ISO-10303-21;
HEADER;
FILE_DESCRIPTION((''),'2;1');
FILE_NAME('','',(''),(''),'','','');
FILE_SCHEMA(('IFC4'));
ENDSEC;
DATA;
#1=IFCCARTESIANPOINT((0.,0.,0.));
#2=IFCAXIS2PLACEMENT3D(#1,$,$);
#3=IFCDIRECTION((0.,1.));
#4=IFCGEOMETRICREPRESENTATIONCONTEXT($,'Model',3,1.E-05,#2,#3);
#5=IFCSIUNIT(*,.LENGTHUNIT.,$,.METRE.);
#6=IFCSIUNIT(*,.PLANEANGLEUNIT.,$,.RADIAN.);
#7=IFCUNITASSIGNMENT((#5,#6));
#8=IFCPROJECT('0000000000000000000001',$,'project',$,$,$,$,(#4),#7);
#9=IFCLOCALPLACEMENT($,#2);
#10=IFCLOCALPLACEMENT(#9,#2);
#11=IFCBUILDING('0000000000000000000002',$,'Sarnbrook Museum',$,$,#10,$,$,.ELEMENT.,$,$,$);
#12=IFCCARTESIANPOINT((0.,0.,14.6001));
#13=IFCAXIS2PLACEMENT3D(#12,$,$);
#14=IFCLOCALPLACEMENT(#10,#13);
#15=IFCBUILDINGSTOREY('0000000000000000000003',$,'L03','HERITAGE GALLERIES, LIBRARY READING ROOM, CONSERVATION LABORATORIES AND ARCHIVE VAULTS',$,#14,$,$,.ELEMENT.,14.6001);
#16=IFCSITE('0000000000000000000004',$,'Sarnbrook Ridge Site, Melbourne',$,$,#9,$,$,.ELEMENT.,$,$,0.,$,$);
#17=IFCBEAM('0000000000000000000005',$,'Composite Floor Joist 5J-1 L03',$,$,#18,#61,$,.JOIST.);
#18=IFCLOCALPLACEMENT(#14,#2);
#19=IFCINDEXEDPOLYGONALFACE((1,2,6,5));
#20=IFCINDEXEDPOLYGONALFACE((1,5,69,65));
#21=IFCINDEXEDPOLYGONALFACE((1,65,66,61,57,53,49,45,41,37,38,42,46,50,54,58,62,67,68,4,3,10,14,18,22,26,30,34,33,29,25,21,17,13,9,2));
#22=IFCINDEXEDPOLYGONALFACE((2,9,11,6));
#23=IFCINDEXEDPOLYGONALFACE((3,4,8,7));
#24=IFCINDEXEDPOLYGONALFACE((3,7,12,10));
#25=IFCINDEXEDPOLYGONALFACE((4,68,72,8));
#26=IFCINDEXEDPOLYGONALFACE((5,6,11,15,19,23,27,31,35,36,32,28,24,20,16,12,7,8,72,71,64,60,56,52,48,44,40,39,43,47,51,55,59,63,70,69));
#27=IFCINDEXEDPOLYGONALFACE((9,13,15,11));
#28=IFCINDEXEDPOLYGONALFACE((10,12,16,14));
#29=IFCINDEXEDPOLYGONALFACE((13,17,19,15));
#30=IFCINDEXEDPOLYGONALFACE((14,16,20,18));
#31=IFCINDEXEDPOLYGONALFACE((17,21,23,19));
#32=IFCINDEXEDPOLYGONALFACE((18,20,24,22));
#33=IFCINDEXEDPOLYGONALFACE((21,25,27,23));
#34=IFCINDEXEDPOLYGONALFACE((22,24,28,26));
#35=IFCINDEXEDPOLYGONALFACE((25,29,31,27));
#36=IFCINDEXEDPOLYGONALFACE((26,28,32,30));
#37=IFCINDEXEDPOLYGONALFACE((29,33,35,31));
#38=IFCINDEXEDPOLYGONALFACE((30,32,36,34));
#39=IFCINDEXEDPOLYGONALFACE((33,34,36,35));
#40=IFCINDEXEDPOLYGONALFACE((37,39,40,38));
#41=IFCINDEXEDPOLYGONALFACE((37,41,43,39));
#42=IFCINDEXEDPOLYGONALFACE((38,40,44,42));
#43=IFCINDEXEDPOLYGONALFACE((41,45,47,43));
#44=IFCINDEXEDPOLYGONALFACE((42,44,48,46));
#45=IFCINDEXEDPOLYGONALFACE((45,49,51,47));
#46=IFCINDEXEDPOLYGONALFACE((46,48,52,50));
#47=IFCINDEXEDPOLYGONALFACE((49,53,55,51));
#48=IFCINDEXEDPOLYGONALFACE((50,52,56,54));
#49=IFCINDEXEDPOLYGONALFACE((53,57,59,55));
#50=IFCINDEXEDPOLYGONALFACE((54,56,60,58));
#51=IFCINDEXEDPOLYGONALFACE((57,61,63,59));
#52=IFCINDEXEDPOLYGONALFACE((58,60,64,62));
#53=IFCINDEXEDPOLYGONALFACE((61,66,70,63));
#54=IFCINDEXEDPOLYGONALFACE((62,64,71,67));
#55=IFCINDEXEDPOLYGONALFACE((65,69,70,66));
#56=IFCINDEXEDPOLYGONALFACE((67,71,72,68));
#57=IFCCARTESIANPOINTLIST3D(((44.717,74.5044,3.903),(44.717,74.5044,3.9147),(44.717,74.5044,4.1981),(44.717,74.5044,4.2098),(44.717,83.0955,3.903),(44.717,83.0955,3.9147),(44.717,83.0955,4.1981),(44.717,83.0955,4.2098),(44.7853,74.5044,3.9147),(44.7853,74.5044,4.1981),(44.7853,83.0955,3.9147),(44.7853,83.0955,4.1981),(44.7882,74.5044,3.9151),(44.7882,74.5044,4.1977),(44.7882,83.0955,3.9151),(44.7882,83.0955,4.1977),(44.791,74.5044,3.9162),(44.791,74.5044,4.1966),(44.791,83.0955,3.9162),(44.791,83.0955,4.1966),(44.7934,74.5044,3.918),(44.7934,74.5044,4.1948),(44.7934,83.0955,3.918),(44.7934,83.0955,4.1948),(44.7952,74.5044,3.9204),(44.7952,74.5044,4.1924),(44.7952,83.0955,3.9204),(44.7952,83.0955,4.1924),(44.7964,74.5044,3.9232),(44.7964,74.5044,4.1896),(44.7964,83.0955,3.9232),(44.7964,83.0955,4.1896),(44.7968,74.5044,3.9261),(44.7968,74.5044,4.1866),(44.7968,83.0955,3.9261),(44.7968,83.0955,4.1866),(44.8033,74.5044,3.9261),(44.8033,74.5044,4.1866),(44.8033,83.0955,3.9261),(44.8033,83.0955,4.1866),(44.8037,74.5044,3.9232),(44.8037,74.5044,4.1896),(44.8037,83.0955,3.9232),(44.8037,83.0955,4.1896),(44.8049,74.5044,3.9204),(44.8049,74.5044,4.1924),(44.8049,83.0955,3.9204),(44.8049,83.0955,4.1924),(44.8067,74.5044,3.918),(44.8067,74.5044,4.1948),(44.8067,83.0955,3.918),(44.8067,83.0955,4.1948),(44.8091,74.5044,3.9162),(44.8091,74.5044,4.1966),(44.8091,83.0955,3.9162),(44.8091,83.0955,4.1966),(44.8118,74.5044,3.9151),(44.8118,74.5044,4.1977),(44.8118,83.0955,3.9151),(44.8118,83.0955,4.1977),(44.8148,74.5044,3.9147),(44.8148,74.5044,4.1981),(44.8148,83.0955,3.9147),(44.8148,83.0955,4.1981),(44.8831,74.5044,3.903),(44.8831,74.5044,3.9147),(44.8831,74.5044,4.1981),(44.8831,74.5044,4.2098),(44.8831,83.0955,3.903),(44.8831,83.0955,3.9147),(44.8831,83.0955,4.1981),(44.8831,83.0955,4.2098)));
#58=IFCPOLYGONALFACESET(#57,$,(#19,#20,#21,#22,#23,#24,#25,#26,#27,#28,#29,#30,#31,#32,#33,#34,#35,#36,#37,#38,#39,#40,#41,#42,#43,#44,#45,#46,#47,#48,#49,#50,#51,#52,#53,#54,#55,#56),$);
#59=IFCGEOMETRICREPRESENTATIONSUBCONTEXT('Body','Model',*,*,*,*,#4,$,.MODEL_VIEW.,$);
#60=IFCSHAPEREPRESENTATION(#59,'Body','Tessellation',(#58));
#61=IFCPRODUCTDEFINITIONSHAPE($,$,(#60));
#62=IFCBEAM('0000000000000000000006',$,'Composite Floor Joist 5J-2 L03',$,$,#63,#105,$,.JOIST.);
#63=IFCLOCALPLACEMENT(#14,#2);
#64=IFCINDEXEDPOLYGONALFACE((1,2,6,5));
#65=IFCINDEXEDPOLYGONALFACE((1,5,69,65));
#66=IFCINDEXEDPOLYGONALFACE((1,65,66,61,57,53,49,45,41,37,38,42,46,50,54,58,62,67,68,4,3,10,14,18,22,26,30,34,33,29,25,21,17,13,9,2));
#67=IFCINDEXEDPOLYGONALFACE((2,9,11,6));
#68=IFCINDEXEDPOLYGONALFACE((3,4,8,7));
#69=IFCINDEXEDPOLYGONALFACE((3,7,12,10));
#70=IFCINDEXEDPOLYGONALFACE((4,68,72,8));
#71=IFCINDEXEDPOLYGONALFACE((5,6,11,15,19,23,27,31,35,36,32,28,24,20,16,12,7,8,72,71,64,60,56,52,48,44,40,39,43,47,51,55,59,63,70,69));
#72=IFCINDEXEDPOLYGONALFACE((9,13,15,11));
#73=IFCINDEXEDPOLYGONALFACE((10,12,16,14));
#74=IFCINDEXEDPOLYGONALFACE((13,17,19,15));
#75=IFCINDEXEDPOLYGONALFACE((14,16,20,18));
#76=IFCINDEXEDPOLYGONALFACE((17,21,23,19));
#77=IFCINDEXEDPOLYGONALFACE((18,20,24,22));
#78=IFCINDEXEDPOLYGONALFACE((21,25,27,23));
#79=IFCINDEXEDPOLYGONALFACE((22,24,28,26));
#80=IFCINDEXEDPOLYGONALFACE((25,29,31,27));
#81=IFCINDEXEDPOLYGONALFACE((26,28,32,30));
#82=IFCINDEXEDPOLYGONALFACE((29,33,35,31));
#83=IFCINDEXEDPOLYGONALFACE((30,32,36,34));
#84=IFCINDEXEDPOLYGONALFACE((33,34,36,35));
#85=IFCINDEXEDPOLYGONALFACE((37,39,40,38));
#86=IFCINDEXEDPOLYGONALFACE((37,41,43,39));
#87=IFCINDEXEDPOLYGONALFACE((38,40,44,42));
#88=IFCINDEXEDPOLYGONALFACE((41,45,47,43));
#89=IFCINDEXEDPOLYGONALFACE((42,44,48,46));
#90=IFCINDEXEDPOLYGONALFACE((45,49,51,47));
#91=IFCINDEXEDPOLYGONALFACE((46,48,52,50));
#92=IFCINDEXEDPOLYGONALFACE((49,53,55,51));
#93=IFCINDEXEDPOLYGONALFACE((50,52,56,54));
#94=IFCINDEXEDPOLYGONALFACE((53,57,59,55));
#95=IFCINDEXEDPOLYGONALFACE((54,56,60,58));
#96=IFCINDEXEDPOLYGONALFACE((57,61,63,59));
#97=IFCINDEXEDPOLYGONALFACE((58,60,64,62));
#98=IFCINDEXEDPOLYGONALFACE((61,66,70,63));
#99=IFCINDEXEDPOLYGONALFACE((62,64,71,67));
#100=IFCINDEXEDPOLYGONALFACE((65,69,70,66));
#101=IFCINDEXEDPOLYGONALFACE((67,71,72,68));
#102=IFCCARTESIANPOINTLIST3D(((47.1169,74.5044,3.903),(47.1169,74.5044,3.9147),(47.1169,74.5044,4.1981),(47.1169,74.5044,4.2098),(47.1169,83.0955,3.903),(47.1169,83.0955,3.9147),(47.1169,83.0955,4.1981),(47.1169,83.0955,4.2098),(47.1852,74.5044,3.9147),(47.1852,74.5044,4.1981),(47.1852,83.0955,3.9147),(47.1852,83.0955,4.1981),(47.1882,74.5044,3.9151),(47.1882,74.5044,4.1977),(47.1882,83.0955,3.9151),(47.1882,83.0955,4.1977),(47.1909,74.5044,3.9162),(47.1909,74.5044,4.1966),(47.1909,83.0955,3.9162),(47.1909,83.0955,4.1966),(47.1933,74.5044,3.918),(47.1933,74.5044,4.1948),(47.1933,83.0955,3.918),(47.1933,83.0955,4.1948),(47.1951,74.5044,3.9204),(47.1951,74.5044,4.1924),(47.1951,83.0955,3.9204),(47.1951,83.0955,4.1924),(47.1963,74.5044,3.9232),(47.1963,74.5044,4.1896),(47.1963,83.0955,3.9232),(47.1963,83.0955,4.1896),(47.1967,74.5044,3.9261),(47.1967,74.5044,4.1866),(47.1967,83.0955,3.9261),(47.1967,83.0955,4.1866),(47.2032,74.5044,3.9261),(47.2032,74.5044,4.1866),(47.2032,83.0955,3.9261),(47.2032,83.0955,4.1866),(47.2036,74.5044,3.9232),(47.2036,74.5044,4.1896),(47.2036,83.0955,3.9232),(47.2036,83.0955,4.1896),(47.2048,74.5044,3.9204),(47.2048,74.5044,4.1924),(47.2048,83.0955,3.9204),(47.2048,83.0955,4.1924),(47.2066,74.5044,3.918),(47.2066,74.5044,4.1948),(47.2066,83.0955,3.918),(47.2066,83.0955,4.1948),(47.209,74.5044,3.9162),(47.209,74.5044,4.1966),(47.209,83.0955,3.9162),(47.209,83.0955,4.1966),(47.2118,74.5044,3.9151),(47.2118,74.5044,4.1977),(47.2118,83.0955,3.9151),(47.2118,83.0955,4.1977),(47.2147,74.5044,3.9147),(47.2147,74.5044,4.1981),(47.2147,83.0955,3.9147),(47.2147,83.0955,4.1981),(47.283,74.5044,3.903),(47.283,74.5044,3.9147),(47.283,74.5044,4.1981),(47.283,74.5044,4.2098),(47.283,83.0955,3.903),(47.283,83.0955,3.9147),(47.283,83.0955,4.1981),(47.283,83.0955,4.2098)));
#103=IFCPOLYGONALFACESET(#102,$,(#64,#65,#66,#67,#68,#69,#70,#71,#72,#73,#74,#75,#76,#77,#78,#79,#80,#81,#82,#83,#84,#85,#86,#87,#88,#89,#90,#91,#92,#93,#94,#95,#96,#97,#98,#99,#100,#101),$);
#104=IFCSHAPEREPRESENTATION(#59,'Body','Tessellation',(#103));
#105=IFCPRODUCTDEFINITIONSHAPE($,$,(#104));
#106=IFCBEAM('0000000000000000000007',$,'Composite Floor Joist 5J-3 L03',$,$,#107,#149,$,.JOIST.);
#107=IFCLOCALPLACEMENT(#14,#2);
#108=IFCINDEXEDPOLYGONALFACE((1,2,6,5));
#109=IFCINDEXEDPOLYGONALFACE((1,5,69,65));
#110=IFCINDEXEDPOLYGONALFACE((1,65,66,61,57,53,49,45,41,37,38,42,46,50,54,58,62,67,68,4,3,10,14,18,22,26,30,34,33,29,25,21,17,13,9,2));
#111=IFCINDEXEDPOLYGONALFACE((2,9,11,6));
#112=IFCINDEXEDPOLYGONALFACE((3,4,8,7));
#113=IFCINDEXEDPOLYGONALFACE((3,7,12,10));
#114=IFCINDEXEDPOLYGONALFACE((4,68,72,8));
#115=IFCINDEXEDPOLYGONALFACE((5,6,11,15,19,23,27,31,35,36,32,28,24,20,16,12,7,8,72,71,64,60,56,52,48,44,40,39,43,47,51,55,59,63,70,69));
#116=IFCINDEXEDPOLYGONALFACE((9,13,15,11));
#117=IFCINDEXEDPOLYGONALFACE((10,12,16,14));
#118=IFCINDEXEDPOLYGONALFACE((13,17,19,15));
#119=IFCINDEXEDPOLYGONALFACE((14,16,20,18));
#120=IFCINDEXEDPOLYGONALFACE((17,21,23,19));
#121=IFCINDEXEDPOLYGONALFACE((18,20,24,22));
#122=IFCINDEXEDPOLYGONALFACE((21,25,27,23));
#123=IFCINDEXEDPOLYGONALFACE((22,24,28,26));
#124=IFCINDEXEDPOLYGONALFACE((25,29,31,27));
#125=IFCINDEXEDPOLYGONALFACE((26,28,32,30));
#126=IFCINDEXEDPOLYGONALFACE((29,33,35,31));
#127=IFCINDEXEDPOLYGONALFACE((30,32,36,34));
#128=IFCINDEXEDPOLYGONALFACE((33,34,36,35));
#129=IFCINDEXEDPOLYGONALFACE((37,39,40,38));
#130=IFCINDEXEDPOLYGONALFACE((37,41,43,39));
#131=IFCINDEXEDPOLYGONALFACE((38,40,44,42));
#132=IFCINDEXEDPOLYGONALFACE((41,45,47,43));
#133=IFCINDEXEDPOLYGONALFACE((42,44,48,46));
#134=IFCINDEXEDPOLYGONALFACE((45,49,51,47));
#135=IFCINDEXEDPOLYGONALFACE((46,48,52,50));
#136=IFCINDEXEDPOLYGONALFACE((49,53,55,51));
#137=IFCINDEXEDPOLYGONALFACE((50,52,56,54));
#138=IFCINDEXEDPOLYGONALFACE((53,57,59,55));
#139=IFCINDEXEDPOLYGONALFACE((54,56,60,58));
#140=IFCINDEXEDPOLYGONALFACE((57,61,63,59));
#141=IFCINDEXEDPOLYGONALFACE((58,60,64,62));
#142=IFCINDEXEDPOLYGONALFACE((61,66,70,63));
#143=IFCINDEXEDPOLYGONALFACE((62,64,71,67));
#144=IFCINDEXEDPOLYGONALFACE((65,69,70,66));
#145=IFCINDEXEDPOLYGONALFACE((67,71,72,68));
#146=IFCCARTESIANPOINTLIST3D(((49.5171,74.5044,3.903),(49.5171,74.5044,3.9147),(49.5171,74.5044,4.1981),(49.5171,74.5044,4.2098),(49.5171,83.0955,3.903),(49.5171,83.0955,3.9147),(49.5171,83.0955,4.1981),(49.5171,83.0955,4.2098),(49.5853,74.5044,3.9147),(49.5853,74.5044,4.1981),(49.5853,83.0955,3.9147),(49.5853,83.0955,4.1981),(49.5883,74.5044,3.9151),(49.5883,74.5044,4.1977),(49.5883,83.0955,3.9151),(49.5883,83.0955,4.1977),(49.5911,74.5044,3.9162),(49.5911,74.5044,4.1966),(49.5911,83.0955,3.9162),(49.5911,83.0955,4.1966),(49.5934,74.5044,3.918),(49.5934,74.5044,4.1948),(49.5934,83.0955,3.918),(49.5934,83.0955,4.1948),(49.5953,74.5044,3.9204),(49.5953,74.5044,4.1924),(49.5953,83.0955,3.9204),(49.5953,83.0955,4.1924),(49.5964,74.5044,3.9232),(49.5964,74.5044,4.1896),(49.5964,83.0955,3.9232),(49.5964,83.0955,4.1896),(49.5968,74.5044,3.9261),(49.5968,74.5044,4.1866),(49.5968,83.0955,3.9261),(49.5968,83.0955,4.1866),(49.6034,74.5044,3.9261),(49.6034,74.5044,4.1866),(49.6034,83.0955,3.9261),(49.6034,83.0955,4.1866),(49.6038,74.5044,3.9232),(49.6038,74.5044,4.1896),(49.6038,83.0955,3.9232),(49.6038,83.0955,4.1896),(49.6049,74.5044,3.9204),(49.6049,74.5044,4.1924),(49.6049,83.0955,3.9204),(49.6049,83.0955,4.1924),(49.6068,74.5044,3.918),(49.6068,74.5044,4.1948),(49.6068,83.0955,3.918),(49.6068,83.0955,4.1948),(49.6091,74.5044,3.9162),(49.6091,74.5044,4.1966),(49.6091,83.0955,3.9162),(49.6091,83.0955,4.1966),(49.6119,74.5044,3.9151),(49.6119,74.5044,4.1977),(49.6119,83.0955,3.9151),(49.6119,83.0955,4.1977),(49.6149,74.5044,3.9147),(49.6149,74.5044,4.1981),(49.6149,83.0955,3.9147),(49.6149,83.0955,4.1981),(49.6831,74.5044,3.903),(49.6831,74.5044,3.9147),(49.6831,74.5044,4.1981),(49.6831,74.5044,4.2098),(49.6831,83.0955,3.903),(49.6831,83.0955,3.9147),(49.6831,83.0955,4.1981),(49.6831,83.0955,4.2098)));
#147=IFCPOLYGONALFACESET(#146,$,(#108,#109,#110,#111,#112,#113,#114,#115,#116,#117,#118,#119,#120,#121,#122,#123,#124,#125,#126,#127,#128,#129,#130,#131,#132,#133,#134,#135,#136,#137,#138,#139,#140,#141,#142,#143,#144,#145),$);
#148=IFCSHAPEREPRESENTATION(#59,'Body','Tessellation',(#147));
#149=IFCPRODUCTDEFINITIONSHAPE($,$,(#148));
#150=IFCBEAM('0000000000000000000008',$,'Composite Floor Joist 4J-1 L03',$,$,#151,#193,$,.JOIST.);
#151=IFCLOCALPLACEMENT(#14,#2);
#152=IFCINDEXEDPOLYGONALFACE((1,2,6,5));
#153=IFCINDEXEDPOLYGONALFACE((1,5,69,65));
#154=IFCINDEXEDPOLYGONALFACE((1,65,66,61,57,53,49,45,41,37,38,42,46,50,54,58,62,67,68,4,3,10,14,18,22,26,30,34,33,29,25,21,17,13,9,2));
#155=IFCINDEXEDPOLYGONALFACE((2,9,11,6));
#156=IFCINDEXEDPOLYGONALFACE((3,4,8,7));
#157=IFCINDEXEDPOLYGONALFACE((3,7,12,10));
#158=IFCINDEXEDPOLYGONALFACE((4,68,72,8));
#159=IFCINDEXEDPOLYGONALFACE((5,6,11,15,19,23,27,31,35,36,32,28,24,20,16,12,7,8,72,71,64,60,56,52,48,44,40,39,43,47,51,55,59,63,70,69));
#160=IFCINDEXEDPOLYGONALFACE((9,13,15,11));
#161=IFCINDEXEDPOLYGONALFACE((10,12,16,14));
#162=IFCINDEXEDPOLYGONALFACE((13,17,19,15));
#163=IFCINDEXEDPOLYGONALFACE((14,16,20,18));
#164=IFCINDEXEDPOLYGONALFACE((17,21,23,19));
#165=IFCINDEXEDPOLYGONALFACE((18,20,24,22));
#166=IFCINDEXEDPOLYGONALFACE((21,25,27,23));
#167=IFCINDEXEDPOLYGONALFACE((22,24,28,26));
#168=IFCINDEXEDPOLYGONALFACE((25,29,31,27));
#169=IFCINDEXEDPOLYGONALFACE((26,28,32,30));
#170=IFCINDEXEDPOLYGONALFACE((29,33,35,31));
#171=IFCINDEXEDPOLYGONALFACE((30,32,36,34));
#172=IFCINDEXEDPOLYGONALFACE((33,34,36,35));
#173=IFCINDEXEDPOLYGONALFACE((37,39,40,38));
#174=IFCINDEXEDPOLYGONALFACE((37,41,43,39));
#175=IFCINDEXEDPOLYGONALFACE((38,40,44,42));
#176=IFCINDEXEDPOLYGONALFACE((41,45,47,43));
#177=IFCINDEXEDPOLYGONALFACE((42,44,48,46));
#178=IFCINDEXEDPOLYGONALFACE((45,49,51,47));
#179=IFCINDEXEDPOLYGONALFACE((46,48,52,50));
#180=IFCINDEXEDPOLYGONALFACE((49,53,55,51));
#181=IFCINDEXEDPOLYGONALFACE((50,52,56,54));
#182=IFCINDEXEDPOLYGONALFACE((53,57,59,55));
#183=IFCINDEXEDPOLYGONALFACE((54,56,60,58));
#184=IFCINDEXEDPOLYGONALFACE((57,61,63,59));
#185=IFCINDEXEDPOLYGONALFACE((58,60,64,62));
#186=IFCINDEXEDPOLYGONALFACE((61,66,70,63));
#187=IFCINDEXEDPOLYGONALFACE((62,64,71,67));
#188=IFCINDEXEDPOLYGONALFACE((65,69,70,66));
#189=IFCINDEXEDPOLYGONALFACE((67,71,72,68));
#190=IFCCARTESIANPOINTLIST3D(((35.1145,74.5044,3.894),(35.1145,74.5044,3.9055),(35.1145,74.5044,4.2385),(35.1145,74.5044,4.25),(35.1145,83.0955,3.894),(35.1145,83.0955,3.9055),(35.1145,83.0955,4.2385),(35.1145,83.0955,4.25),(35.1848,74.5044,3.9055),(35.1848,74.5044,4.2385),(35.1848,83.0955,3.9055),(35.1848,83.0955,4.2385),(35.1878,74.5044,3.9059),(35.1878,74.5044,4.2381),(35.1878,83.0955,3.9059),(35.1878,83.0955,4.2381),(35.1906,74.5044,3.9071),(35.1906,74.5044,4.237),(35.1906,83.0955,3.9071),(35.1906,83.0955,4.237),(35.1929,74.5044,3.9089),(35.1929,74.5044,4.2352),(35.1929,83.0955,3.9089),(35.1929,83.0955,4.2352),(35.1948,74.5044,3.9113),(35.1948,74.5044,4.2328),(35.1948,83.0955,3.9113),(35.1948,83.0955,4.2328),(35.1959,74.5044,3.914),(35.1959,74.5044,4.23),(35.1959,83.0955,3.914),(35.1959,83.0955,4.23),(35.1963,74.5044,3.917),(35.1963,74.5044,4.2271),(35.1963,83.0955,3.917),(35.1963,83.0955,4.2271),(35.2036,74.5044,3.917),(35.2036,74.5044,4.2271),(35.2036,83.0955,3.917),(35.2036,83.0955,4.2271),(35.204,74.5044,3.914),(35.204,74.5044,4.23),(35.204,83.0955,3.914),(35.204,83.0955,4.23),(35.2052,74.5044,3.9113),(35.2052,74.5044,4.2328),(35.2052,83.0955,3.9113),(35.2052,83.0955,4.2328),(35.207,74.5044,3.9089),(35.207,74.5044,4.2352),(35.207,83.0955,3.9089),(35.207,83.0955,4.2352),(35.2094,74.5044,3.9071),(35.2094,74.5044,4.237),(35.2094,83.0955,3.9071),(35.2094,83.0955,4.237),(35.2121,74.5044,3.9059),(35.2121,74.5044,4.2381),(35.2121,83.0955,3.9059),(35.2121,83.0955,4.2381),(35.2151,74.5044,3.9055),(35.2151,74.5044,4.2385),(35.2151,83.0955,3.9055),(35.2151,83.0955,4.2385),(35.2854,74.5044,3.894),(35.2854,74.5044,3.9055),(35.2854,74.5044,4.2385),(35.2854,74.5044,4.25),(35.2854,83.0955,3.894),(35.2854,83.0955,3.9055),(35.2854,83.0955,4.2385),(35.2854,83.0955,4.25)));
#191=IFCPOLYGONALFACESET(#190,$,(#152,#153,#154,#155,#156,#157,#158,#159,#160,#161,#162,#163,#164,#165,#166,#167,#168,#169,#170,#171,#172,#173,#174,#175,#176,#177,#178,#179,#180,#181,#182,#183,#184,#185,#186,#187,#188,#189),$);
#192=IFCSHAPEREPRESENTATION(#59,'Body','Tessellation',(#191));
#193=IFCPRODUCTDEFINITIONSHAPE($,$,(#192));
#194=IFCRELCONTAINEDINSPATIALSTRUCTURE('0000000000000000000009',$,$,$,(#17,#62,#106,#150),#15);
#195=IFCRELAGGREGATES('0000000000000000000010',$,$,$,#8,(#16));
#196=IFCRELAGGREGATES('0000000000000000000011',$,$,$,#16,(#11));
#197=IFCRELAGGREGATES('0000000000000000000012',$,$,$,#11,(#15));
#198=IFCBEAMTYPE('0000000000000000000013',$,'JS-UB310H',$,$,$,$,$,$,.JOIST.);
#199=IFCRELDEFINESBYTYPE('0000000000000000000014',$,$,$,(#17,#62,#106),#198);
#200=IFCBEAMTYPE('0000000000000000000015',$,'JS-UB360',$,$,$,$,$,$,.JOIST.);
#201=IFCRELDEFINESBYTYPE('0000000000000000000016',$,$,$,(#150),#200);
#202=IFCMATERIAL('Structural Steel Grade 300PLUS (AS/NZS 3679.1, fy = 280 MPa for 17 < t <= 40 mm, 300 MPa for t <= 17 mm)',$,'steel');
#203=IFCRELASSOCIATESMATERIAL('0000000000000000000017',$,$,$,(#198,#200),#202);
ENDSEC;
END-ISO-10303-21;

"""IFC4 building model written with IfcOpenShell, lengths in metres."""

from ifc_helpers import new_model, si_unit, direction, frame, origin, origin_2d, place, context, subcontext, project, spatial, i_section, extrude, material, material_profile, profile_set, type_object, element, save


model = new_model("IFC4")

# Units and contexts
model_context = context("Model", 3, precision=1e-05, world=origin(), true_north=direction((0.0, 1.0)))
body_context = subcontext(model_context, "Body", "Model", "MODEL_VIEW")
ifc_project = project(units=[si_unit("LENGTHUNIT", "METRE"), si_unit("PLANEANGLEUNIT", "RADIAN")], contexts=[model_context])

# Site, building, storey
site_placement = place(None, origin())
site = spatial("IfcSite", under=ifc_project, at=site_placement, Name="Sarnbrook Ridge Site, Melbourne", CompositionType="ELEMENT", RefElevation=0.0)
building_placement = place(site_placement, origin())
building = spatial("IfcBuilding", under=site, at=building_placement, Name="Sarnbrook Museum", CompositionType="ELEMENT")
storey_placement = place(building_placement, frame((0.0, 0.0, 14.6001)))
storey = spatial("IfcBuildingStorey", under=building, at=storey_placement, Name="L03", Description="HERITAGE GALLERIES, LIBRARY READING ROOM, CONSERVATION LABORATORIES AND ARCHIVE VAULTS", CompositionType="ELEMENT", Elevation=14.6001)

# Shared definitions
ifc_material_1 = material(Name="Structural Steel Grade 300PLUS (AS/NZS 3679.1, fy = 280 MPa for 17 < t <= 40 mm, 300 MPa for t <= 17 mm)", Category="steel")

# Beams
ifc_material_profile_1 = material_profile(ifc_material_1, i_section(OverallWidth=0.166, OverallDepth=0.3069, WebThickness=0.0066, FlangeThickness=0.0117, FilletRadius=0.0115, at=origin_2d()), Name="310UB46.2")
ifc_profile_set_1 = profile_set([ifc_material_profile_1], Name="Structural Steel Grade 300PLUS (AS/NZS 3679.1, fy = 280 MPa for 17 < t <= 40 mm, 300 MPa for t <= 17 mm)")
beam_type_1 = type_object("IfcBeamType", Name="JS-UB310H", PredefinedType="JOIST", material=ifc_profile_set_1)
for number, where, z_axis, x_axis, name in (
    (1, (44.8, 74.5044, 4.0564), (0.0, 1.0, 0.0), (-1.0, 0.0, 0.0), "Composite Floor Joist 5J-1 L03"),
    (2, (47.2, 74.5044, 4.0564), (0.0, 1.0, 0.0), (-1.0, 0.0, 0.0), "Composite Floor Joist 5J-2 L03"),
    (3, (49.6001, 74.5044, 4.0564), (0.0, 1.0, 0.0), (-1.0, 0.0, 0.0), "Composite Floor Joist 5J-3 L03"),
):
    element("IfcBeam", number, at=place(storey_placement, frame(where, z_axis=z_axis, x_axis=x_axis)), inside=storey, type_object=beam_type_1, Name=name, PredefinedType="JOIST", context=body_context, shape_type="SweptSolid", body=[
        extrude(i_section(OverallWidth=0.166, OverallDepth=0.3069, WebThickness=0.0066, FlangeThickness=0.0117, FilletRadius=0.0115, at=origin_2d()), origin(), (0.0, 0.0, 1.0), 8.5911),
    ])
ifc_material_profile_2 = material_profile(ifc_material_1, i_section(OverallWidth=0.1709, OverallDepth=0.356, WebThickness=0.0073, FlangeThickness=0.0115, FilletRadius=0.0115, at=origin_2d()), Name="360UB50.7")
ifc_profile_set_2 = profile_set([ifc_material_profile_2], Name="Structural Steel Grade 300PLUS (AS/NZS 3679.1, fy = 280 MPa for 17 < t <= 40 mm, 300 MPa for t <= 17 mm)")
beam_type_2 = type_object("IfcBeamType", Name="JS-UB360", PredefinedType="JOIST", material=ifc_profile_set_2)
for number, where, z_axis, x_axis, name in (
    (4, (35.2, 74.5044, 4.072), (0.0, 1.0, 0.0), (-1.0, 0.0, 0.0), "Composite Floor Joist 4J-1 L03"),
):
    element("IfcBeam", number, at=place(storey_placement, frame(where, z_axis=z_axis, x_axis=x_axis)), inside=storey, type_object=beam_type_2, Name=name, PredefinedType="JOIST", context=body_context, shape_type="SweptSolid", body=[
        extrude(i_section(OverallWidth=0.1709, OverallDepth=0.356, WebThickness=0.0073, FlangeThickness=0.0115, FilletRadius=0.0115, at=origin_2d()), origin(), (0.0, 0.0, 1.0), 8.5911),
    ])

save(model, "model.ifc")
